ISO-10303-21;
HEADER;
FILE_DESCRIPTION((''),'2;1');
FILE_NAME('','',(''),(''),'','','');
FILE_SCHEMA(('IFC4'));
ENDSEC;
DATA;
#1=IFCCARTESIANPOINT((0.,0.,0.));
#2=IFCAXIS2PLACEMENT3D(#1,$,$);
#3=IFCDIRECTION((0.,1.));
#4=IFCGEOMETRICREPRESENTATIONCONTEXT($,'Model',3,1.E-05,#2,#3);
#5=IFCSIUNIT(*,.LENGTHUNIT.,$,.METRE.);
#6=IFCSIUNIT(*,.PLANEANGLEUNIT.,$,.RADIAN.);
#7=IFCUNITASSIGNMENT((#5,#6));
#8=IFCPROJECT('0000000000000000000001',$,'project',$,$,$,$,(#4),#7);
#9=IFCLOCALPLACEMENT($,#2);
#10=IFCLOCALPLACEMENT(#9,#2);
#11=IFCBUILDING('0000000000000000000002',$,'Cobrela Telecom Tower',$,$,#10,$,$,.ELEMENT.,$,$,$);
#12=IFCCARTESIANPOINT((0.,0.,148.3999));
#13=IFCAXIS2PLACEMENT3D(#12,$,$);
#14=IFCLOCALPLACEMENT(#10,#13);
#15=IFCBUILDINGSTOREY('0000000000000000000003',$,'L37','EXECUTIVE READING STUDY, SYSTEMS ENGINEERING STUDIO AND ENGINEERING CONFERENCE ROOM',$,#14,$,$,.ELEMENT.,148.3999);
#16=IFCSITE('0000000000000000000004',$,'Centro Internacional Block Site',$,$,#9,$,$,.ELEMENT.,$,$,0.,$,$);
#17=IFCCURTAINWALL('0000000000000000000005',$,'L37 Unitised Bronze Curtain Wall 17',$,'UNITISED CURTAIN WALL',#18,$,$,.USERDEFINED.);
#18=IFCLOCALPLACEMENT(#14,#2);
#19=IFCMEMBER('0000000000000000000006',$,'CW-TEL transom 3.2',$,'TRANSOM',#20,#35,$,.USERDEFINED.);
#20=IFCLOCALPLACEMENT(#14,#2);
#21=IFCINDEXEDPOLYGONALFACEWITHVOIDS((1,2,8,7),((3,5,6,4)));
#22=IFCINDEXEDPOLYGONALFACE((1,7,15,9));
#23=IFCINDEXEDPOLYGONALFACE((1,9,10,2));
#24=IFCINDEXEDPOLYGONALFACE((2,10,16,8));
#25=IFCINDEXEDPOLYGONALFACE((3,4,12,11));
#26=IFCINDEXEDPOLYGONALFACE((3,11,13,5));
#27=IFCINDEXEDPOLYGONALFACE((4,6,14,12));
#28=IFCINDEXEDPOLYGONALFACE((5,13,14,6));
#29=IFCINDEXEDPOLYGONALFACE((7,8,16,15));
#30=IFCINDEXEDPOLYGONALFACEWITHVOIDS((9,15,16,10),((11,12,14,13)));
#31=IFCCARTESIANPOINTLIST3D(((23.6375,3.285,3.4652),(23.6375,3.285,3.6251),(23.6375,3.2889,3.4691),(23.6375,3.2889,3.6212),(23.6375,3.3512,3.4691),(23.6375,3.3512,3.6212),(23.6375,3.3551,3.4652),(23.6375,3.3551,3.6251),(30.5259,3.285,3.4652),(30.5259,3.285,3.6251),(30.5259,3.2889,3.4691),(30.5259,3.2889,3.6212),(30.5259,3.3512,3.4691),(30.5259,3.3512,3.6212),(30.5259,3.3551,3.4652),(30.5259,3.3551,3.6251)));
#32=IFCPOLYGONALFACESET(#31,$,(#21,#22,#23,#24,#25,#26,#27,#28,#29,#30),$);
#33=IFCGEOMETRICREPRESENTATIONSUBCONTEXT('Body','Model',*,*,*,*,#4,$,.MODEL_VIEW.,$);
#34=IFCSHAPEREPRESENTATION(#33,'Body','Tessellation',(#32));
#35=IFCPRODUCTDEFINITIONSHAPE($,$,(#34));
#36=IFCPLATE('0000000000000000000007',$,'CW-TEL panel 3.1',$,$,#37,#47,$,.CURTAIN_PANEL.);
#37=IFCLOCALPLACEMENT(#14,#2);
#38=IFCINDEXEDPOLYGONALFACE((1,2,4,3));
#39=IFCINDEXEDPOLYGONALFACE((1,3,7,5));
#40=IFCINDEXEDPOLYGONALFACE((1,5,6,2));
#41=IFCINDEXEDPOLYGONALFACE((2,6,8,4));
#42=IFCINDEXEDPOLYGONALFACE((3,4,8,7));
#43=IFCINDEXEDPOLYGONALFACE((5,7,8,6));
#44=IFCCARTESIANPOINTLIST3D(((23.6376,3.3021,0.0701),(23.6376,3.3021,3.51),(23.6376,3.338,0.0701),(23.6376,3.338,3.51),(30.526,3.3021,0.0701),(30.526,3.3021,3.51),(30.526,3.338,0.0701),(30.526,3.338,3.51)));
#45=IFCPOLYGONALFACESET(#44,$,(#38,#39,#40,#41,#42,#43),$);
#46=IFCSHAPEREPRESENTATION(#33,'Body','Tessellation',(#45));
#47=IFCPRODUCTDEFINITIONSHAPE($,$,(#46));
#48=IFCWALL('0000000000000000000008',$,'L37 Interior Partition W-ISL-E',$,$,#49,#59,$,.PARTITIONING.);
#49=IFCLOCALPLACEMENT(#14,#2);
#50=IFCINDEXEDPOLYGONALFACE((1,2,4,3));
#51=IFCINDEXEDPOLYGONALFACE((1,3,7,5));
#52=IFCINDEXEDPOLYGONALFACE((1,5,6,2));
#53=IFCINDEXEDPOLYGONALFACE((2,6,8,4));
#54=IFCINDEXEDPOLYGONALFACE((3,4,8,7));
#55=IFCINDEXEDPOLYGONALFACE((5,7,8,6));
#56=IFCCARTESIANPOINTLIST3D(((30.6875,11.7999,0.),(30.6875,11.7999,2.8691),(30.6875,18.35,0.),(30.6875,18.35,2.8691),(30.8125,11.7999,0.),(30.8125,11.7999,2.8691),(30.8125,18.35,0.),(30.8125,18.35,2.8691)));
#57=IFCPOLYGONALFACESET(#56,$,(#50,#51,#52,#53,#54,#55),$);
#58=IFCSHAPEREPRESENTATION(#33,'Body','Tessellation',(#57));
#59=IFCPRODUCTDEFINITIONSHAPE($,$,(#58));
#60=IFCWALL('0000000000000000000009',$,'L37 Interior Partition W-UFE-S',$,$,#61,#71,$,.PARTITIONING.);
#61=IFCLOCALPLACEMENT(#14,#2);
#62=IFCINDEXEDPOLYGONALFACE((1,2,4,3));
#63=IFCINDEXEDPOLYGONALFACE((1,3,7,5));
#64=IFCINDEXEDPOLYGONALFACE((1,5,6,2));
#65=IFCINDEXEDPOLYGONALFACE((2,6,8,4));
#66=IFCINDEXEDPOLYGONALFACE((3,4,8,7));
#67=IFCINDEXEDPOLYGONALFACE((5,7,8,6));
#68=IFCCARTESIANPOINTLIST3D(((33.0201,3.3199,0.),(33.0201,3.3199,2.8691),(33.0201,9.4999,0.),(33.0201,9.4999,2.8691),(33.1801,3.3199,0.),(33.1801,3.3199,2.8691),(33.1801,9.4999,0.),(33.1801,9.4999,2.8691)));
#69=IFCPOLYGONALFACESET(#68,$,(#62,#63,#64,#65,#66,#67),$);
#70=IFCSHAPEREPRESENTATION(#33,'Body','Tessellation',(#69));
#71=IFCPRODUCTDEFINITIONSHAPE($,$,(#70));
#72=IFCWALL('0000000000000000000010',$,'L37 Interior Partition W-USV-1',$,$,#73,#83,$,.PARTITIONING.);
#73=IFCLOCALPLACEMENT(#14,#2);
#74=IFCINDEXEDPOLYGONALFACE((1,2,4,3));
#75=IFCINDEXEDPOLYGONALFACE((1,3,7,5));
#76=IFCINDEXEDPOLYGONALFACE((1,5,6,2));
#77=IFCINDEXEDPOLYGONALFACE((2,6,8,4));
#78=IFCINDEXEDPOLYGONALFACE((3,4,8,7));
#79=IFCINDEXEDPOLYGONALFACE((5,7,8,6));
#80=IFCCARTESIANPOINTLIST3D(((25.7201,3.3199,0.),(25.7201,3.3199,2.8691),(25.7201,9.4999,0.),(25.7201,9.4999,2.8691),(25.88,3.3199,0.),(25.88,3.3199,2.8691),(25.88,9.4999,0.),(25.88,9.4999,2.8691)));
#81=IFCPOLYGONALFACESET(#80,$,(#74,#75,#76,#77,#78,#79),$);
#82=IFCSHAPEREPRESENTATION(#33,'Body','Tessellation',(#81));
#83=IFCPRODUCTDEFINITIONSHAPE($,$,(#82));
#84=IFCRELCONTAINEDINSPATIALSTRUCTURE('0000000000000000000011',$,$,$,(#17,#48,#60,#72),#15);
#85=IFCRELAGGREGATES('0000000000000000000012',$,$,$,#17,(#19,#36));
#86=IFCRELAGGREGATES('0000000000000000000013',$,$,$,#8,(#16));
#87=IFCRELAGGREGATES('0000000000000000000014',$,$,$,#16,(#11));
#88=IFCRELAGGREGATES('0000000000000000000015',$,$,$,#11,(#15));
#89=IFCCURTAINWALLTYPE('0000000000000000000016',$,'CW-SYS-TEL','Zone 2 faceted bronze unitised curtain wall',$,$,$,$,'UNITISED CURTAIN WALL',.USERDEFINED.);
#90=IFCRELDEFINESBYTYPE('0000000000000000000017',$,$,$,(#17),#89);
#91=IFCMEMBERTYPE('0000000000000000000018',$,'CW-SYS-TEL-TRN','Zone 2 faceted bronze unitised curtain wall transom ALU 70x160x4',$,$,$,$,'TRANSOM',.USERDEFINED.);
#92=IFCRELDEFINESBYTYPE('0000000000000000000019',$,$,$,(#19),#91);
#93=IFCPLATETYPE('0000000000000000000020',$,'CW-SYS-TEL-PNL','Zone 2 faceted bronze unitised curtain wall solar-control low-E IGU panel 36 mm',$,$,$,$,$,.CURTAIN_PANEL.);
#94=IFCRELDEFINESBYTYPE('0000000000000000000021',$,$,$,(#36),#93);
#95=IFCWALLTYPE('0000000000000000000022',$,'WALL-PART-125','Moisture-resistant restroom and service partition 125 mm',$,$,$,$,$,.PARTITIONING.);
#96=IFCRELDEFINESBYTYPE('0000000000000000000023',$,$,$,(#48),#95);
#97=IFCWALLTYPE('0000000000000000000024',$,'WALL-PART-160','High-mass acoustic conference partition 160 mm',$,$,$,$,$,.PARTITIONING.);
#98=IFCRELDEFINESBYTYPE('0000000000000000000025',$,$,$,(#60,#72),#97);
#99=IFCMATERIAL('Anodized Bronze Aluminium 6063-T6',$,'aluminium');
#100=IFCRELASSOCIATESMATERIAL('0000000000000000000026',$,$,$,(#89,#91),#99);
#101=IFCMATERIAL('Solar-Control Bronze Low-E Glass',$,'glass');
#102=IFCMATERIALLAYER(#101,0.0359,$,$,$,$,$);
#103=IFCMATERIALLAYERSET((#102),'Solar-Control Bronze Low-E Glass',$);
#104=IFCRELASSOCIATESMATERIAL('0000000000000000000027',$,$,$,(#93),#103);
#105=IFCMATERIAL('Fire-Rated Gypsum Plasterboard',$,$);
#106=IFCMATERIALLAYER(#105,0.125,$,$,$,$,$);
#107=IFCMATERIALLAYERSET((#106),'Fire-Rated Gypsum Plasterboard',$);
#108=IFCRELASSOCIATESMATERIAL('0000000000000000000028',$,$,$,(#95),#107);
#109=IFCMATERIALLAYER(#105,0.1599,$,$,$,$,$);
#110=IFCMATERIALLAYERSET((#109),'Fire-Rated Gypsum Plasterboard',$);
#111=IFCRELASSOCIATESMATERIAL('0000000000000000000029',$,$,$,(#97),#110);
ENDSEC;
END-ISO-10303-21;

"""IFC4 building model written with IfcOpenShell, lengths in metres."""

from ifc_helpers import new_model, si_unit, direction, frame, frame_2d, origin, origin_2d, place, context, subcontext, project, spatial, rectangle, hollow_rectangle, extrude, material, layer, layer_set, material_profile, profile_set, type_object, element, aggregate, save


model = new_model("IFC4")

# Units and contexts
model_context = context("Model", 3, precision=1e-05, world=origin(), true_north=direction((0.0, 1.0)))
body_context = subcontext(model_context, "Body", "Model", "MODEL_VIEW")
ifc_project = project(units=[si_unit("LENGTHUNIT", "METRE"), si_unit("PLANEANGLEUNIT", "RADIAN")], contexts=[model_context])

# Site, building, storey
site_placement = place(None, origin())
site = spatial("IfcSite", under=ifc_project, at=site_placement, Name="Centro Internacional Block Site", CompositionType="ELEMENT", RefElevation=0.0)
building_placement = place(site_placement, origin())
building = spatial("IfcBuilding", under=site, at=building_placement, Name="Cobrela Telecom Tower", CompositionType="ELEMENT")
storey_placement = place(building_placement, frame((0.0, 0.0, 148.3999)))
storey = spatial("IfcBuildingStorey", under=building, at=storey_placement, Name="L37", Description="EXECUTIVE READING STUDY, SYSTEMS ENGINEERING STUDIO AND ENGINEERING CONFERENCE ROOM", CompositionType="ELEMENT", Elevation=148.3999)

# Curtain wall, member, plate
ifc_material_1 = material(Name="Anodized Bronze Aluminium 6063-T6", Category="aluminium")
curtain_wall_type = type_object("IfcCurtainWallType", Name="CW-SYS-TEL", Description="Zone 2 faceted bronze unitised curtain wall", ElementType="UNITISED CURTAIN WALL", PredefinedType="USERDEFINED", material=ifc_material_1)
curtain_wall_placement = place(storey_placement, origin())
curtain_wall = element("IfcCurtainWall", 1, at=curtain_wall_placement, inside=storey, type_object=curtain_wall_type, Name="L37 Unitised Bronze Curtain Wall 17", ObjectType="UNITISED CURTAIN WALL", PredefinedType="USERDEFINED")
ifc_material_profile_1 = material_profile(ifc_material_1, hollow_rectangle(XDim=0.0701, YDim=0.1599, WallThickness=0.0039, at=origin_2d()), Name="ALU 70x160x4")
ifc_profile_set_1 = profile_set([ifc_material_profile_1], Name="Anodized Bronze Aluminium 6063-T6")
member_type_1 = type_object("IfcMemberType", Name="CW-SYS-TEL-TRN", Description="Zone 2 faceted bronze unitised curtain wall transom ALU 70x160x4", ElementType="TRANSOM", PredefinedType="USERDEFINED", material=ifc_profile_set_1)
member_1_placement = place(storey_placement, frame((30.5259, 3.3201, 3.5452), z_axis=(-1.0, 0.0, 0.0), x_axis=(0.0, -1.0, 0.0)))
member_1 = element("IfcMember", 2, at=member_1_placement, type_object=member_type_1, Name="CW-TEL transom 3.2", ObjectType="TRANSOM", PredefinedType="USERDEFINED", context=body_context, shape_type="SweptSolid", body=[
    extrude(hollow_rectangle(XDim=0.0701, YDim=0.1599, WallThickness=0.0039, at=origin_2d()), origin(), (0.0, 0.0, 1.0), 6.8884),
])
ifc_material_2 = material(Name="Solar-Control Bronze Low-E Glass", Category="glass")
ifc_layer_1 = layer(ifc_material_2, 0.0359)
ifc_layer_set_1 = layer_set([ifc_layer_1], Name="Solar-Control Bronze Low-E Glass")
plate_type = type_object("IfcPlateType", Name="CW-SYS-TEL-PNL", Description="Zone 2 faceted bronze unitised curtain wall solar-control low-E IGU panel 36 mm", PredefinedType="CURTAIN_PANEL", material=ifc_layer_set_1)
plate_placement = place(storey_placement, frame((27.0818, 3.3201, 0.0701), z_axis=(0.0, 0.0, 1.0), x_axis=(-1.0, 0.0, 0.0)))
plate = element("IfcPlate", 3, at=plate_placement, type_object=plate_type, Name="CW-TEL panel 3.1", PredefinedType="CURTAIN_PANEL", context=body_context, shape_type="SweptSolid", body=[
    extrude(rectangle(XDim=6.8884, YDim=0.0359, at=origin_2d()), origin(), (0.0, 0.0, 1.0), 3.4399),
])
aggregate(curtain_wall, [member_1, plate])

# Wall
ifc_material_3 = material(Name="Fire-Rated Gypsum Plasterboard")
ifc_layer_2 = layer(ifc_material_3, 0.125)
ifc_layer_set_2 = layer_set([ifc_layer_2], Name="Fire-Rated Gypsum Plasterboard")
wall_type_1 = type_object("IfcWallType", Name="WALL-PART-125", Description="Moisture-resistant restroom and service partition 125 mm", PredefinedType="PARTITIONING", material=ifc_layer_set_2)
wall_1_placement = place(storey_placement, frame((30.75, 11.8, 0.0), z_axis=(0.0, 0.0, 1.0), x_axis=(0.0, 1.0, 0.0)))
element("IfcWall", 4, at=wall_1_placement, inside=storey, type_object=wall_type_1, Name="L37 Interior Partition W-ISL-E", PredefinedType="PARTITIONING", context=body_context, shape_type="SweptSolid", body=[
    extrude(rectangle(XDim=6.55, YDim=0.125, at=frame_2d((3.2749, 0.0))), origin(), (0.0, 0.0, 1.0), 2.8691),
])

# Shared definitions
ifc_layer_3 = layer(ifc_material_3, 0.1599)
ifc_layer_set_3 = layer_set([ifc_layer_3], Name="Fire-Rated Gypsum Plasterboard")
wall_type_2 = type_object("IfcWallType", Name="WALL-PART-160", Description="High-mass acoustic conference partition 160 mm", PredefinedType="PARTITIONING", material=ifc_layer_set_3)

# Walls
for number, where, z_axis, x_axis, name in (
    (5, (33.1001, 3.3201, 0.0), (0.0, 0.0, 1.0), (0.0, 1.0, 0.0), "L37 Interior Partition W-UFE-S"),
    (6, (25.8, 3.3201, 0.0), (0.0, 0.0, 1.0), (0.0, 1.0, 0.0), "L37 Interior Partition W-USV-1"),
):
    element("IfcWall", number, at=place(storey_placement, frame(where, z_axis=z_axis, x_axis=x_axis)), inside=storey, type_object=wall_type_2, Name=name, PredefinedType="PARTITIONING", context=body_context, shape_type="SweptSolid", body=[
        extrude(rectangle(XDim=6.1799, YDim=0.1599, at=frame_2d((3.0898, 0.0))), origin(), (0.0, 0.0, 1.0), 2.8691),
    ])

save(model, "model.ifc")
